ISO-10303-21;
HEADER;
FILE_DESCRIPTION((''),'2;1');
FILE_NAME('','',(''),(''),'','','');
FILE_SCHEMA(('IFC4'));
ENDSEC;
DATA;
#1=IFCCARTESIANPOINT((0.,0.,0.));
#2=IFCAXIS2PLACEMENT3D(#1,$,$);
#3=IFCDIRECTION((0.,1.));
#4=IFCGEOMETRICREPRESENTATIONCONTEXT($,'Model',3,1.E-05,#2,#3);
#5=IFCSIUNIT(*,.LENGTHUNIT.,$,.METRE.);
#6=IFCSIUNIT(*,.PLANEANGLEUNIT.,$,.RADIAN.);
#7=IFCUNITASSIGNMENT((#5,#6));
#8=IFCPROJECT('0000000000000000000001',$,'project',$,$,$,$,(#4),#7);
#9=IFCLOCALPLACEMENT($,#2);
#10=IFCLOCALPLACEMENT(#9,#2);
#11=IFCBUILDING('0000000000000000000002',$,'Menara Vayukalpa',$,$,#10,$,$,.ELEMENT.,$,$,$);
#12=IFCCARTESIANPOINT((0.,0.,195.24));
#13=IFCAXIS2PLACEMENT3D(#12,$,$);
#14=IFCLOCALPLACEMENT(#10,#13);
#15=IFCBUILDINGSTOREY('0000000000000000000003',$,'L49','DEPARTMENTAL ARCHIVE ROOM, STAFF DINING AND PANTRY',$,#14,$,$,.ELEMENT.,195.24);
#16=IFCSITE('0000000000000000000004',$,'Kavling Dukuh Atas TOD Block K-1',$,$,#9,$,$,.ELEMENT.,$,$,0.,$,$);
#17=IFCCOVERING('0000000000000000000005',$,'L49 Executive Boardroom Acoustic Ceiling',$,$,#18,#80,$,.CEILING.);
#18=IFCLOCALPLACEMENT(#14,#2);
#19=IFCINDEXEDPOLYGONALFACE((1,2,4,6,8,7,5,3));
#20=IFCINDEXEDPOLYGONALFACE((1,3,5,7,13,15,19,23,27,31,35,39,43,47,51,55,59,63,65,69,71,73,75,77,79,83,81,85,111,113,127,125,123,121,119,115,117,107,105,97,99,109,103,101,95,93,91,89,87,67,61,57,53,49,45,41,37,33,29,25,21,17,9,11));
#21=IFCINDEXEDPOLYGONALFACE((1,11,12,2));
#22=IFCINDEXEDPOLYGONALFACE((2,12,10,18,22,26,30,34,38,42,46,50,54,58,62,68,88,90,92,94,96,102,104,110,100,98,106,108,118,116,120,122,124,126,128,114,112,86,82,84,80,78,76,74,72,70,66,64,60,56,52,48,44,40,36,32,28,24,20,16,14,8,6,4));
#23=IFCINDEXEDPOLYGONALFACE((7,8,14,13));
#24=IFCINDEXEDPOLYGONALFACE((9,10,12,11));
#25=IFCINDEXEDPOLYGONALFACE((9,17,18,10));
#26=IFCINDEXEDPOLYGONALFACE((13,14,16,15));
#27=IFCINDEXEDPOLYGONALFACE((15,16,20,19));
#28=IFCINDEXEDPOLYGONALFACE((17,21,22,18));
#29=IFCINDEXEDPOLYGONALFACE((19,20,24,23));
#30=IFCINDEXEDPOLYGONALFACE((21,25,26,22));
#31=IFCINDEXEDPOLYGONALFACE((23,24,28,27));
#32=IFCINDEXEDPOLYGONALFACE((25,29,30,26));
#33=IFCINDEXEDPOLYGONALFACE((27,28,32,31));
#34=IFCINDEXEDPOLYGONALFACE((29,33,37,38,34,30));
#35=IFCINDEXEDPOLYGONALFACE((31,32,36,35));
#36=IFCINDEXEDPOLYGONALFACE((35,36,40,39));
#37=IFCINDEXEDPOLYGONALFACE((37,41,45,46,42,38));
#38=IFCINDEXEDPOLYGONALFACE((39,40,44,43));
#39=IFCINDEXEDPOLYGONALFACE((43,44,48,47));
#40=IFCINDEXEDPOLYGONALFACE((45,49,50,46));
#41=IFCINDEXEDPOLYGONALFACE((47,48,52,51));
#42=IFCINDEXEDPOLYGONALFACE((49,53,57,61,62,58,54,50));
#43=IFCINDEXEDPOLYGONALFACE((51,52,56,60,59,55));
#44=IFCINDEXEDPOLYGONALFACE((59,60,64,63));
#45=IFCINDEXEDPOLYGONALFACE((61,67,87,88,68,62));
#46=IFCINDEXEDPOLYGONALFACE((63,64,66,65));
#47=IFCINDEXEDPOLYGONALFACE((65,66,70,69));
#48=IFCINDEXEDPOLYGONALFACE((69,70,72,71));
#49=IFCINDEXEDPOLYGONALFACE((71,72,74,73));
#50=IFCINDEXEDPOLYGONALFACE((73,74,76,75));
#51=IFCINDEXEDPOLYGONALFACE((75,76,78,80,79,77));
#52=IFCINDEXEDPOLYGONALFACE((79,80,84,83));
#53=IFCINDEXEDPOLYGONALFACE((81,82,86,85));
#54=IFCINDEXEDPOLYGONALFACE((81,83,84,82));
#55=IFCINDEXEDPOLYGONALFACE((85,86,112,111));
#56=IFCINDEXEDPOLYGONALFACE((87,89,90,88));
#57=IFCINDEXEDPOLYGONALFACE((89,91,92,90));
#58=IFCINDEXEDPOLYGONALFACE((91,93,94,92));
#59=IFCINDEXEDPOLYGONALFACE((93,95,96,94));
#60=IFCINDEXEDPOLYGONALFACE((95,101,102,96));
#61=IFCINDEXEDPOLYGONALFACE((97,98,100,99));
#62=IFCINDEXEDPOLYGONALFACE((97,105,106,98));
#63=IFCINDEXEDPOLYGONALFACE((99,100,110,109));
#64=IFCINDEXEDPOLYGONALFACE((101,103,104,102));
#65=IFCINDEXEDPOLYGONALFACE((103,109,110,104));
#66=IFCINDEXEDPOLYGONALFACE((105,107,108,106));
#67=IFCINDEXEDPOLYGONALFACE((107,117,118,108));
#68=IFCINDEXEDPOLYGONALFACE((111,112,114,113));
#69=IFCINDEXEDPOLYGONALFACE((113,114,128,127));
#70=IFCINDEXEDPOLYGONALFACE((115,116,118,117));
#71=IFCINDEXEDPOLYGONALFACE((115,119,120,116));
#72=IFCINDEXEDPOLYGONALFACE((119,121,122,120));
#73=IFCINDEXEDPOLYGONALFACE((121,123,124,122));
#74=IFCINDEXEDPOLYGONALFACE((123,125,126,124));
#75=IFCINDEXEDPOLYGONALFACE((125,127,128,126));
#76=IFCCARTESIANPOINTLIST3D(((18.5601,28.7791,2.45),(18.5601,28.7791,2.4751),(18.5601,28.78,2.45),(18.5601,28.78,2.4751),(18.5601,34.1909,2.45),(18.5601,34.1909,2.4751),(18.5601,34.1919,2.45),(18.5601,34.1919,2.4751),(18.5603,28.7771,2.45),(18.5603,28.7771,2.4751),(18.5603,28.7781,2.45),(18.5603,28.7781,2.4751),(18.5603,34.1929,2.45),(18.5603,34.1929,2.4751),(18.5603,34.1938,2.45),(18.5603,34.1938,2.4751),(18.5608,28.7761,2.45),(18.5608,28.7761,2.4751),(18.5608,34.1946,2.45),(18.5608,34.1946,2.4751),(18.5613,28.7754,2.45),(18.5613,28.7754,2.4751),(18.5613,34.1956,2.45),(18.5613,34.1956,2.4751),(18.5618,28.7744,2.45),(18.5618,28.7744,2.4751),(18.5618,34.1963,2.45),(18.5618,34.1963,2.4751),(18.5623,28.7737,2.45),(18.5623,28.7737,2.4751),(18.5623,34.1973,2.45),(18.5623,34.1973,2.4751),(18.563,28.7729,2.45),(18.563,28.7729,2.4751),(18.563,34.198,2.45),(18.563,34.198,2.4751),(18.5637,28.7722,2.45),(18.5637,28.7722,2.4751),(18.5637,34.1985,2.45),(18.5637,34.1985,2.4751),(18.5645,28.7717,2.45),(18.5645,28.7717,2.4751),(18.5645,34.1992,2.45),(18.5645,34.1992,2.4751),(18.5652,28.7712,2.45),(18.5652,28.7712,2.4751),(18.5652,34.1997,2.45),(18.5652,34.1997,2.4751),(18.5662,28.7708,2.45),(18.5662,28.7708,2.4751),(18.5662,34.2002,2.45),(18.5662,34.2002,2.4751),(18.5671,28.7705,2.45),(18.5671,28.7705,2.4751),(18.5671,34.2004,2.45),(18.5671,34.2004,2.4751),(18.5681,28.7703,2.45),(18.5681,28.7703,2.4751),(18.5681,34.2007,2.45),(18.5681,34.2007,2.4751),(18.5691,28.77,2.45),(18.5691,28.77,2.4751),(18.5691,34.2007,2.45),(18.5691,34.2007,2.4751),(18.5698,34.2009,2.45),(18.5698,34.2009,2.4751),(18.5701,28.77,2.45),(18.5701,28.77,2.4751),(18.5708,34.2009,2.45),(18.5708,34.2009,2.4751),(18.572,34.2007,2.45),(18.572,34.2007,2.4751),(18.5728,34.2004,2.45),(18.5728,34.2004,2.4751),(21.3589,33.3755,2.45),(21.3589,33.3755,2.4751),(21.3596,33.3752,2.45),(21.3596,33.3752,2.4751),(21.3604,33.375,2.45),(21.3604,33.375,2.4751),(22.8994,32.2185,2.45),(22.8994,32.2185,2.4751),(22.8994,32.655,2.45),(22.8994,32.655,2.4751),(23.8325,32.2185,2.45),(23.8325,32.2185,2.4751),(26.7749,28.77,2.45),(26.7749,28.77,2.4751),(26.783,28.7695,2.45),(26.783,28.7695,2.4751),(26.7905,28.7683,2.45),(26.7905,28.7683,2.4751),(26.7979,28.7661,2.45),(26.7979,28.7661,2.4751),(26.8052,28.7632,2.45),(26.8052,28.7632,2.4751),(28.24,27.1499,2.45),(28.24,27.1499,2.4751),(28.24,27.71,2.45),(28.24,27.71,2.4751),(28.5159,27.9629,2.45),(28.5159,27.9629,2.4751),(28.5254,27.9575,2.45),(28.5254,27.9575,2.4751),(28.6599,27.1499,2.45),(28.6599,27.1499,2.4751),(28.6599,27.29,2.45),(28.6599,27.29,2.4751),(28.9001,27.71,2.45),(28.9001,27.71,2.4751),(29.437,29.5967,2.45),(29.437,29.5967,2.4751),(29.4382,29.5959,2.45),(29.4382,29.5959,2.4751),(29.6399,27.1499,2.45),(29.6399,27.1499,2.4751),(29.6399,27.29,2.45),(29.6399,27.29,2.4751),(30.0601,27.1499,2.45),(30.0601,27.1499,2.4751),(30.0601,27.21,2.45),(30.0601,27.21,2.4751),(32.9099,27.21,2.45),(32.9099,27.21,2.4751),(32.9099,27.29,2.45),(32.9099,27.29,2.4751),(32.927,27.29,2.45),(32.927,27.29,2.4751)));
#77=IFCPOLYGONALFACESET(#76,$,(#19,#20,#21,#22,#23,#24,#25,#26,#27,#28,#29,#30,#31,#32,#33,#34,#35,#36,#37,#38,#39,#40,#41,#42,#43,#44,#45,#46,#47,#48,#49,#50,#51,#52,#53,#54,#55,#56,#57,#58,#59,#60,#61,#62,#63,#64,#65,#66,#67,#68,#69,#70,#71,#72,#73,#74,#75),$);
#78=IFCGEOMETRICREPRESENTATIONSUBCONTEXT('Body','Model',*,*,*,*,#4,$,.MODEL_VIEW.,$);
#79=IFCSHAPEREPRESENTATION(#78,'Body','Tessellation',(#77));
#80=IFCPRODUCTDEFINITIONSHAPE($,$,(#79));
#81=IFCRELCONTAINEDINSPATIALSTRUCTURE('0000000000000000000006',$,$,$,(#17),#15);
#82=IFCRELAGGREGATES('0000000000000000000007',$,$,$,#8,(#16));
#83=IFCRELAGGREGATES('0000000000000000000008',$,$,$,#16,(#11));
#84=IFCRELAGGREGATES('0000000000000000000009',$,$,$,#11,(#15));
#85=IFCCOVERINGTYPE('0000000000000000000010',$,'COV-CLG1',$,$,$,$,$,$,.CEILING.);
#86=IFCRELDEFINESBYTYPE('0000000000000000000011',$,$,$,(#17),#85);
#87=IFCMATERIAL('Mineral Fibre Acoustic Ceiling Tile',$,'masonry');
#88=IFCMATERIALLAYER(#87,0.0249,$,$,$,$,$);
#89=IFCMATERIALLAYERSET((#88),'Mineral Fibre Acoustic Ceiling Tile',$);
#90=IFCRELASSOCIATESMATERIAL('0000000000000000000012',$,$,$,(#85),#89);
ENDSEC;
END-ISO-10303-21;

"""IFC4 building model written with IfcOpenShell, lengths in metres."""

from ifc_helpers import new_model, si_unit, direction, frame, origin, place, context, subcontext, project, spatial, polyline, outline, extrude, material, layer, layer_set, type_object, element, save


model = new_model("IFC4")

# Units and contexts
model_context = context("Model", 3, precision=1e-05, world=origin(), true_north=direction((0.0, 1.0)))
body_context = subcontext(model_context, "Body", "Model", "MODEL_VIEW")
ifc_project = project(units=[si_unit("LENGTHUNIT", "METRE"), si_unit("PLANEANGLEUNIT", "RADIAN")], contexts=[model_context])

# Site, building, storey
site_placement = place(None, origin())
site = spatial("IfcSite", under=ifc_project, at=site_placement, Name="Kavling Dukuh Atas TOD Block K-1", CompositionType="ELEMENT", RefElevation=0.0)
building_placement = place(site_placement, origin())
building = spatial("IfcBuilding", under=site, at=building_placement, Name="Menara Vayukalpa", CompositionType="ELEMENT")
storey_placement = place(building_placement, frame((0.0, 0.0, 195.24)))
storey = spatial("IfcBuildingStorey", under=building, at=storey_placement, Name="L49", Description="DEPARTMENTAL ARCHIVE ROOM, STAFF DINING AND PANTRY", CompositionType="ELEMENT", Elevation=195.24)

# Covering
ifc_material_1 = material(Name="Mineral Fibre Acoustic Ceiling Tile", Category="masonry")
ifc_layer_1 = layer(ifc_material_1, 0.0249)
ifc_layer_set_1 = layer_set([ifc_layer_1], Name="Mineral Fibre Acoustic Ceiling Tile")
covering_type_1 = type_object("IfcCoveringType", Name="COV-CLG1", PredefinedType="CEILING", material=ifc_layer_set_1)
covering_1_placement = place(storey_placement, frame((0.0, 0.0, 2.45)))
element("IfcCovering", 1, at=covering_1_placement, inside=storey, type_object=covering_type_1, Name="L49 Executive Boardroom Acoustic Ceiling", PredefinedType="CEILING", context=body_context, shape_type="SweptSolid", body=[
    extrude(outline(polyline([(28.5254, 27.9575), (28.5159, 27.9629), (26.8052, 28.7632), (26.7979, 28.7661), (26.7905, 28.7683), (26.783, 28.7695), (26.7749, 28.77), (18.5701, 28.77), (18.5691, 28.77), (18.5681, 28.7703), (18.5671, 28.7705), (18.5662, 28.7708), (18.5652, 28.7712), (18.5645, 28.7717), (18.5637, 28.7722), (18.563, 28.7729), (18.5623, 28.7737), (18.5618, 28.7744), (18.5613, 28.7754), (18.5608, 28.7761), (18.5603, 28.7771), (18.5603, 28.7781), (18.5601, 28.7791), (18.5601, 28.78), (18.5601, 34.1909), (18.5601, 34.1919), (18.5603, 34.1929), (18.5603, 34.1938), (18.5608, 34.1946), (18.5613, 34.1956), (18.5618, 34.1963), (18.5623, 34.1973), (18.563, 34.198), (18.5637, 34.1985), (18.5645, 34.1992), (18.5652, 34.1997), (18.5662, 34.2002), (18.5671, 34.2004), (18.5681, 34.2007), (18.5691, 34.2007), (18.5698, 34.2009), (18.5708, 34.2009), (18.572, 34.2007), (18.5728, 34.2004), (21.3589, 33.3755), (21.3596, 33.3752), (21.3604, 33.375), (22.8994, 32.655), (22.8994, 32.2185), (23.8325, 32.2185), (29.437, 29.5967), (29.4382, 29.5959), (32.927, 27.29), (32.9099, 27.29), (32.9099, 27.21), (30.0601, 27.21), (30.0601, 27.1499), (29.6399, 27.1499), (29.6399, 27.29), (28.6599, 27.29), (28.6599, 27.1499), (28.24, 27.1499), (28.24, 27.71), (28.9001, 27.71), (28.5254, 27.9575)])), origin(), (0.0, 0.0, 1.0), 0.0251),
])

save(model, "model.ifc")
